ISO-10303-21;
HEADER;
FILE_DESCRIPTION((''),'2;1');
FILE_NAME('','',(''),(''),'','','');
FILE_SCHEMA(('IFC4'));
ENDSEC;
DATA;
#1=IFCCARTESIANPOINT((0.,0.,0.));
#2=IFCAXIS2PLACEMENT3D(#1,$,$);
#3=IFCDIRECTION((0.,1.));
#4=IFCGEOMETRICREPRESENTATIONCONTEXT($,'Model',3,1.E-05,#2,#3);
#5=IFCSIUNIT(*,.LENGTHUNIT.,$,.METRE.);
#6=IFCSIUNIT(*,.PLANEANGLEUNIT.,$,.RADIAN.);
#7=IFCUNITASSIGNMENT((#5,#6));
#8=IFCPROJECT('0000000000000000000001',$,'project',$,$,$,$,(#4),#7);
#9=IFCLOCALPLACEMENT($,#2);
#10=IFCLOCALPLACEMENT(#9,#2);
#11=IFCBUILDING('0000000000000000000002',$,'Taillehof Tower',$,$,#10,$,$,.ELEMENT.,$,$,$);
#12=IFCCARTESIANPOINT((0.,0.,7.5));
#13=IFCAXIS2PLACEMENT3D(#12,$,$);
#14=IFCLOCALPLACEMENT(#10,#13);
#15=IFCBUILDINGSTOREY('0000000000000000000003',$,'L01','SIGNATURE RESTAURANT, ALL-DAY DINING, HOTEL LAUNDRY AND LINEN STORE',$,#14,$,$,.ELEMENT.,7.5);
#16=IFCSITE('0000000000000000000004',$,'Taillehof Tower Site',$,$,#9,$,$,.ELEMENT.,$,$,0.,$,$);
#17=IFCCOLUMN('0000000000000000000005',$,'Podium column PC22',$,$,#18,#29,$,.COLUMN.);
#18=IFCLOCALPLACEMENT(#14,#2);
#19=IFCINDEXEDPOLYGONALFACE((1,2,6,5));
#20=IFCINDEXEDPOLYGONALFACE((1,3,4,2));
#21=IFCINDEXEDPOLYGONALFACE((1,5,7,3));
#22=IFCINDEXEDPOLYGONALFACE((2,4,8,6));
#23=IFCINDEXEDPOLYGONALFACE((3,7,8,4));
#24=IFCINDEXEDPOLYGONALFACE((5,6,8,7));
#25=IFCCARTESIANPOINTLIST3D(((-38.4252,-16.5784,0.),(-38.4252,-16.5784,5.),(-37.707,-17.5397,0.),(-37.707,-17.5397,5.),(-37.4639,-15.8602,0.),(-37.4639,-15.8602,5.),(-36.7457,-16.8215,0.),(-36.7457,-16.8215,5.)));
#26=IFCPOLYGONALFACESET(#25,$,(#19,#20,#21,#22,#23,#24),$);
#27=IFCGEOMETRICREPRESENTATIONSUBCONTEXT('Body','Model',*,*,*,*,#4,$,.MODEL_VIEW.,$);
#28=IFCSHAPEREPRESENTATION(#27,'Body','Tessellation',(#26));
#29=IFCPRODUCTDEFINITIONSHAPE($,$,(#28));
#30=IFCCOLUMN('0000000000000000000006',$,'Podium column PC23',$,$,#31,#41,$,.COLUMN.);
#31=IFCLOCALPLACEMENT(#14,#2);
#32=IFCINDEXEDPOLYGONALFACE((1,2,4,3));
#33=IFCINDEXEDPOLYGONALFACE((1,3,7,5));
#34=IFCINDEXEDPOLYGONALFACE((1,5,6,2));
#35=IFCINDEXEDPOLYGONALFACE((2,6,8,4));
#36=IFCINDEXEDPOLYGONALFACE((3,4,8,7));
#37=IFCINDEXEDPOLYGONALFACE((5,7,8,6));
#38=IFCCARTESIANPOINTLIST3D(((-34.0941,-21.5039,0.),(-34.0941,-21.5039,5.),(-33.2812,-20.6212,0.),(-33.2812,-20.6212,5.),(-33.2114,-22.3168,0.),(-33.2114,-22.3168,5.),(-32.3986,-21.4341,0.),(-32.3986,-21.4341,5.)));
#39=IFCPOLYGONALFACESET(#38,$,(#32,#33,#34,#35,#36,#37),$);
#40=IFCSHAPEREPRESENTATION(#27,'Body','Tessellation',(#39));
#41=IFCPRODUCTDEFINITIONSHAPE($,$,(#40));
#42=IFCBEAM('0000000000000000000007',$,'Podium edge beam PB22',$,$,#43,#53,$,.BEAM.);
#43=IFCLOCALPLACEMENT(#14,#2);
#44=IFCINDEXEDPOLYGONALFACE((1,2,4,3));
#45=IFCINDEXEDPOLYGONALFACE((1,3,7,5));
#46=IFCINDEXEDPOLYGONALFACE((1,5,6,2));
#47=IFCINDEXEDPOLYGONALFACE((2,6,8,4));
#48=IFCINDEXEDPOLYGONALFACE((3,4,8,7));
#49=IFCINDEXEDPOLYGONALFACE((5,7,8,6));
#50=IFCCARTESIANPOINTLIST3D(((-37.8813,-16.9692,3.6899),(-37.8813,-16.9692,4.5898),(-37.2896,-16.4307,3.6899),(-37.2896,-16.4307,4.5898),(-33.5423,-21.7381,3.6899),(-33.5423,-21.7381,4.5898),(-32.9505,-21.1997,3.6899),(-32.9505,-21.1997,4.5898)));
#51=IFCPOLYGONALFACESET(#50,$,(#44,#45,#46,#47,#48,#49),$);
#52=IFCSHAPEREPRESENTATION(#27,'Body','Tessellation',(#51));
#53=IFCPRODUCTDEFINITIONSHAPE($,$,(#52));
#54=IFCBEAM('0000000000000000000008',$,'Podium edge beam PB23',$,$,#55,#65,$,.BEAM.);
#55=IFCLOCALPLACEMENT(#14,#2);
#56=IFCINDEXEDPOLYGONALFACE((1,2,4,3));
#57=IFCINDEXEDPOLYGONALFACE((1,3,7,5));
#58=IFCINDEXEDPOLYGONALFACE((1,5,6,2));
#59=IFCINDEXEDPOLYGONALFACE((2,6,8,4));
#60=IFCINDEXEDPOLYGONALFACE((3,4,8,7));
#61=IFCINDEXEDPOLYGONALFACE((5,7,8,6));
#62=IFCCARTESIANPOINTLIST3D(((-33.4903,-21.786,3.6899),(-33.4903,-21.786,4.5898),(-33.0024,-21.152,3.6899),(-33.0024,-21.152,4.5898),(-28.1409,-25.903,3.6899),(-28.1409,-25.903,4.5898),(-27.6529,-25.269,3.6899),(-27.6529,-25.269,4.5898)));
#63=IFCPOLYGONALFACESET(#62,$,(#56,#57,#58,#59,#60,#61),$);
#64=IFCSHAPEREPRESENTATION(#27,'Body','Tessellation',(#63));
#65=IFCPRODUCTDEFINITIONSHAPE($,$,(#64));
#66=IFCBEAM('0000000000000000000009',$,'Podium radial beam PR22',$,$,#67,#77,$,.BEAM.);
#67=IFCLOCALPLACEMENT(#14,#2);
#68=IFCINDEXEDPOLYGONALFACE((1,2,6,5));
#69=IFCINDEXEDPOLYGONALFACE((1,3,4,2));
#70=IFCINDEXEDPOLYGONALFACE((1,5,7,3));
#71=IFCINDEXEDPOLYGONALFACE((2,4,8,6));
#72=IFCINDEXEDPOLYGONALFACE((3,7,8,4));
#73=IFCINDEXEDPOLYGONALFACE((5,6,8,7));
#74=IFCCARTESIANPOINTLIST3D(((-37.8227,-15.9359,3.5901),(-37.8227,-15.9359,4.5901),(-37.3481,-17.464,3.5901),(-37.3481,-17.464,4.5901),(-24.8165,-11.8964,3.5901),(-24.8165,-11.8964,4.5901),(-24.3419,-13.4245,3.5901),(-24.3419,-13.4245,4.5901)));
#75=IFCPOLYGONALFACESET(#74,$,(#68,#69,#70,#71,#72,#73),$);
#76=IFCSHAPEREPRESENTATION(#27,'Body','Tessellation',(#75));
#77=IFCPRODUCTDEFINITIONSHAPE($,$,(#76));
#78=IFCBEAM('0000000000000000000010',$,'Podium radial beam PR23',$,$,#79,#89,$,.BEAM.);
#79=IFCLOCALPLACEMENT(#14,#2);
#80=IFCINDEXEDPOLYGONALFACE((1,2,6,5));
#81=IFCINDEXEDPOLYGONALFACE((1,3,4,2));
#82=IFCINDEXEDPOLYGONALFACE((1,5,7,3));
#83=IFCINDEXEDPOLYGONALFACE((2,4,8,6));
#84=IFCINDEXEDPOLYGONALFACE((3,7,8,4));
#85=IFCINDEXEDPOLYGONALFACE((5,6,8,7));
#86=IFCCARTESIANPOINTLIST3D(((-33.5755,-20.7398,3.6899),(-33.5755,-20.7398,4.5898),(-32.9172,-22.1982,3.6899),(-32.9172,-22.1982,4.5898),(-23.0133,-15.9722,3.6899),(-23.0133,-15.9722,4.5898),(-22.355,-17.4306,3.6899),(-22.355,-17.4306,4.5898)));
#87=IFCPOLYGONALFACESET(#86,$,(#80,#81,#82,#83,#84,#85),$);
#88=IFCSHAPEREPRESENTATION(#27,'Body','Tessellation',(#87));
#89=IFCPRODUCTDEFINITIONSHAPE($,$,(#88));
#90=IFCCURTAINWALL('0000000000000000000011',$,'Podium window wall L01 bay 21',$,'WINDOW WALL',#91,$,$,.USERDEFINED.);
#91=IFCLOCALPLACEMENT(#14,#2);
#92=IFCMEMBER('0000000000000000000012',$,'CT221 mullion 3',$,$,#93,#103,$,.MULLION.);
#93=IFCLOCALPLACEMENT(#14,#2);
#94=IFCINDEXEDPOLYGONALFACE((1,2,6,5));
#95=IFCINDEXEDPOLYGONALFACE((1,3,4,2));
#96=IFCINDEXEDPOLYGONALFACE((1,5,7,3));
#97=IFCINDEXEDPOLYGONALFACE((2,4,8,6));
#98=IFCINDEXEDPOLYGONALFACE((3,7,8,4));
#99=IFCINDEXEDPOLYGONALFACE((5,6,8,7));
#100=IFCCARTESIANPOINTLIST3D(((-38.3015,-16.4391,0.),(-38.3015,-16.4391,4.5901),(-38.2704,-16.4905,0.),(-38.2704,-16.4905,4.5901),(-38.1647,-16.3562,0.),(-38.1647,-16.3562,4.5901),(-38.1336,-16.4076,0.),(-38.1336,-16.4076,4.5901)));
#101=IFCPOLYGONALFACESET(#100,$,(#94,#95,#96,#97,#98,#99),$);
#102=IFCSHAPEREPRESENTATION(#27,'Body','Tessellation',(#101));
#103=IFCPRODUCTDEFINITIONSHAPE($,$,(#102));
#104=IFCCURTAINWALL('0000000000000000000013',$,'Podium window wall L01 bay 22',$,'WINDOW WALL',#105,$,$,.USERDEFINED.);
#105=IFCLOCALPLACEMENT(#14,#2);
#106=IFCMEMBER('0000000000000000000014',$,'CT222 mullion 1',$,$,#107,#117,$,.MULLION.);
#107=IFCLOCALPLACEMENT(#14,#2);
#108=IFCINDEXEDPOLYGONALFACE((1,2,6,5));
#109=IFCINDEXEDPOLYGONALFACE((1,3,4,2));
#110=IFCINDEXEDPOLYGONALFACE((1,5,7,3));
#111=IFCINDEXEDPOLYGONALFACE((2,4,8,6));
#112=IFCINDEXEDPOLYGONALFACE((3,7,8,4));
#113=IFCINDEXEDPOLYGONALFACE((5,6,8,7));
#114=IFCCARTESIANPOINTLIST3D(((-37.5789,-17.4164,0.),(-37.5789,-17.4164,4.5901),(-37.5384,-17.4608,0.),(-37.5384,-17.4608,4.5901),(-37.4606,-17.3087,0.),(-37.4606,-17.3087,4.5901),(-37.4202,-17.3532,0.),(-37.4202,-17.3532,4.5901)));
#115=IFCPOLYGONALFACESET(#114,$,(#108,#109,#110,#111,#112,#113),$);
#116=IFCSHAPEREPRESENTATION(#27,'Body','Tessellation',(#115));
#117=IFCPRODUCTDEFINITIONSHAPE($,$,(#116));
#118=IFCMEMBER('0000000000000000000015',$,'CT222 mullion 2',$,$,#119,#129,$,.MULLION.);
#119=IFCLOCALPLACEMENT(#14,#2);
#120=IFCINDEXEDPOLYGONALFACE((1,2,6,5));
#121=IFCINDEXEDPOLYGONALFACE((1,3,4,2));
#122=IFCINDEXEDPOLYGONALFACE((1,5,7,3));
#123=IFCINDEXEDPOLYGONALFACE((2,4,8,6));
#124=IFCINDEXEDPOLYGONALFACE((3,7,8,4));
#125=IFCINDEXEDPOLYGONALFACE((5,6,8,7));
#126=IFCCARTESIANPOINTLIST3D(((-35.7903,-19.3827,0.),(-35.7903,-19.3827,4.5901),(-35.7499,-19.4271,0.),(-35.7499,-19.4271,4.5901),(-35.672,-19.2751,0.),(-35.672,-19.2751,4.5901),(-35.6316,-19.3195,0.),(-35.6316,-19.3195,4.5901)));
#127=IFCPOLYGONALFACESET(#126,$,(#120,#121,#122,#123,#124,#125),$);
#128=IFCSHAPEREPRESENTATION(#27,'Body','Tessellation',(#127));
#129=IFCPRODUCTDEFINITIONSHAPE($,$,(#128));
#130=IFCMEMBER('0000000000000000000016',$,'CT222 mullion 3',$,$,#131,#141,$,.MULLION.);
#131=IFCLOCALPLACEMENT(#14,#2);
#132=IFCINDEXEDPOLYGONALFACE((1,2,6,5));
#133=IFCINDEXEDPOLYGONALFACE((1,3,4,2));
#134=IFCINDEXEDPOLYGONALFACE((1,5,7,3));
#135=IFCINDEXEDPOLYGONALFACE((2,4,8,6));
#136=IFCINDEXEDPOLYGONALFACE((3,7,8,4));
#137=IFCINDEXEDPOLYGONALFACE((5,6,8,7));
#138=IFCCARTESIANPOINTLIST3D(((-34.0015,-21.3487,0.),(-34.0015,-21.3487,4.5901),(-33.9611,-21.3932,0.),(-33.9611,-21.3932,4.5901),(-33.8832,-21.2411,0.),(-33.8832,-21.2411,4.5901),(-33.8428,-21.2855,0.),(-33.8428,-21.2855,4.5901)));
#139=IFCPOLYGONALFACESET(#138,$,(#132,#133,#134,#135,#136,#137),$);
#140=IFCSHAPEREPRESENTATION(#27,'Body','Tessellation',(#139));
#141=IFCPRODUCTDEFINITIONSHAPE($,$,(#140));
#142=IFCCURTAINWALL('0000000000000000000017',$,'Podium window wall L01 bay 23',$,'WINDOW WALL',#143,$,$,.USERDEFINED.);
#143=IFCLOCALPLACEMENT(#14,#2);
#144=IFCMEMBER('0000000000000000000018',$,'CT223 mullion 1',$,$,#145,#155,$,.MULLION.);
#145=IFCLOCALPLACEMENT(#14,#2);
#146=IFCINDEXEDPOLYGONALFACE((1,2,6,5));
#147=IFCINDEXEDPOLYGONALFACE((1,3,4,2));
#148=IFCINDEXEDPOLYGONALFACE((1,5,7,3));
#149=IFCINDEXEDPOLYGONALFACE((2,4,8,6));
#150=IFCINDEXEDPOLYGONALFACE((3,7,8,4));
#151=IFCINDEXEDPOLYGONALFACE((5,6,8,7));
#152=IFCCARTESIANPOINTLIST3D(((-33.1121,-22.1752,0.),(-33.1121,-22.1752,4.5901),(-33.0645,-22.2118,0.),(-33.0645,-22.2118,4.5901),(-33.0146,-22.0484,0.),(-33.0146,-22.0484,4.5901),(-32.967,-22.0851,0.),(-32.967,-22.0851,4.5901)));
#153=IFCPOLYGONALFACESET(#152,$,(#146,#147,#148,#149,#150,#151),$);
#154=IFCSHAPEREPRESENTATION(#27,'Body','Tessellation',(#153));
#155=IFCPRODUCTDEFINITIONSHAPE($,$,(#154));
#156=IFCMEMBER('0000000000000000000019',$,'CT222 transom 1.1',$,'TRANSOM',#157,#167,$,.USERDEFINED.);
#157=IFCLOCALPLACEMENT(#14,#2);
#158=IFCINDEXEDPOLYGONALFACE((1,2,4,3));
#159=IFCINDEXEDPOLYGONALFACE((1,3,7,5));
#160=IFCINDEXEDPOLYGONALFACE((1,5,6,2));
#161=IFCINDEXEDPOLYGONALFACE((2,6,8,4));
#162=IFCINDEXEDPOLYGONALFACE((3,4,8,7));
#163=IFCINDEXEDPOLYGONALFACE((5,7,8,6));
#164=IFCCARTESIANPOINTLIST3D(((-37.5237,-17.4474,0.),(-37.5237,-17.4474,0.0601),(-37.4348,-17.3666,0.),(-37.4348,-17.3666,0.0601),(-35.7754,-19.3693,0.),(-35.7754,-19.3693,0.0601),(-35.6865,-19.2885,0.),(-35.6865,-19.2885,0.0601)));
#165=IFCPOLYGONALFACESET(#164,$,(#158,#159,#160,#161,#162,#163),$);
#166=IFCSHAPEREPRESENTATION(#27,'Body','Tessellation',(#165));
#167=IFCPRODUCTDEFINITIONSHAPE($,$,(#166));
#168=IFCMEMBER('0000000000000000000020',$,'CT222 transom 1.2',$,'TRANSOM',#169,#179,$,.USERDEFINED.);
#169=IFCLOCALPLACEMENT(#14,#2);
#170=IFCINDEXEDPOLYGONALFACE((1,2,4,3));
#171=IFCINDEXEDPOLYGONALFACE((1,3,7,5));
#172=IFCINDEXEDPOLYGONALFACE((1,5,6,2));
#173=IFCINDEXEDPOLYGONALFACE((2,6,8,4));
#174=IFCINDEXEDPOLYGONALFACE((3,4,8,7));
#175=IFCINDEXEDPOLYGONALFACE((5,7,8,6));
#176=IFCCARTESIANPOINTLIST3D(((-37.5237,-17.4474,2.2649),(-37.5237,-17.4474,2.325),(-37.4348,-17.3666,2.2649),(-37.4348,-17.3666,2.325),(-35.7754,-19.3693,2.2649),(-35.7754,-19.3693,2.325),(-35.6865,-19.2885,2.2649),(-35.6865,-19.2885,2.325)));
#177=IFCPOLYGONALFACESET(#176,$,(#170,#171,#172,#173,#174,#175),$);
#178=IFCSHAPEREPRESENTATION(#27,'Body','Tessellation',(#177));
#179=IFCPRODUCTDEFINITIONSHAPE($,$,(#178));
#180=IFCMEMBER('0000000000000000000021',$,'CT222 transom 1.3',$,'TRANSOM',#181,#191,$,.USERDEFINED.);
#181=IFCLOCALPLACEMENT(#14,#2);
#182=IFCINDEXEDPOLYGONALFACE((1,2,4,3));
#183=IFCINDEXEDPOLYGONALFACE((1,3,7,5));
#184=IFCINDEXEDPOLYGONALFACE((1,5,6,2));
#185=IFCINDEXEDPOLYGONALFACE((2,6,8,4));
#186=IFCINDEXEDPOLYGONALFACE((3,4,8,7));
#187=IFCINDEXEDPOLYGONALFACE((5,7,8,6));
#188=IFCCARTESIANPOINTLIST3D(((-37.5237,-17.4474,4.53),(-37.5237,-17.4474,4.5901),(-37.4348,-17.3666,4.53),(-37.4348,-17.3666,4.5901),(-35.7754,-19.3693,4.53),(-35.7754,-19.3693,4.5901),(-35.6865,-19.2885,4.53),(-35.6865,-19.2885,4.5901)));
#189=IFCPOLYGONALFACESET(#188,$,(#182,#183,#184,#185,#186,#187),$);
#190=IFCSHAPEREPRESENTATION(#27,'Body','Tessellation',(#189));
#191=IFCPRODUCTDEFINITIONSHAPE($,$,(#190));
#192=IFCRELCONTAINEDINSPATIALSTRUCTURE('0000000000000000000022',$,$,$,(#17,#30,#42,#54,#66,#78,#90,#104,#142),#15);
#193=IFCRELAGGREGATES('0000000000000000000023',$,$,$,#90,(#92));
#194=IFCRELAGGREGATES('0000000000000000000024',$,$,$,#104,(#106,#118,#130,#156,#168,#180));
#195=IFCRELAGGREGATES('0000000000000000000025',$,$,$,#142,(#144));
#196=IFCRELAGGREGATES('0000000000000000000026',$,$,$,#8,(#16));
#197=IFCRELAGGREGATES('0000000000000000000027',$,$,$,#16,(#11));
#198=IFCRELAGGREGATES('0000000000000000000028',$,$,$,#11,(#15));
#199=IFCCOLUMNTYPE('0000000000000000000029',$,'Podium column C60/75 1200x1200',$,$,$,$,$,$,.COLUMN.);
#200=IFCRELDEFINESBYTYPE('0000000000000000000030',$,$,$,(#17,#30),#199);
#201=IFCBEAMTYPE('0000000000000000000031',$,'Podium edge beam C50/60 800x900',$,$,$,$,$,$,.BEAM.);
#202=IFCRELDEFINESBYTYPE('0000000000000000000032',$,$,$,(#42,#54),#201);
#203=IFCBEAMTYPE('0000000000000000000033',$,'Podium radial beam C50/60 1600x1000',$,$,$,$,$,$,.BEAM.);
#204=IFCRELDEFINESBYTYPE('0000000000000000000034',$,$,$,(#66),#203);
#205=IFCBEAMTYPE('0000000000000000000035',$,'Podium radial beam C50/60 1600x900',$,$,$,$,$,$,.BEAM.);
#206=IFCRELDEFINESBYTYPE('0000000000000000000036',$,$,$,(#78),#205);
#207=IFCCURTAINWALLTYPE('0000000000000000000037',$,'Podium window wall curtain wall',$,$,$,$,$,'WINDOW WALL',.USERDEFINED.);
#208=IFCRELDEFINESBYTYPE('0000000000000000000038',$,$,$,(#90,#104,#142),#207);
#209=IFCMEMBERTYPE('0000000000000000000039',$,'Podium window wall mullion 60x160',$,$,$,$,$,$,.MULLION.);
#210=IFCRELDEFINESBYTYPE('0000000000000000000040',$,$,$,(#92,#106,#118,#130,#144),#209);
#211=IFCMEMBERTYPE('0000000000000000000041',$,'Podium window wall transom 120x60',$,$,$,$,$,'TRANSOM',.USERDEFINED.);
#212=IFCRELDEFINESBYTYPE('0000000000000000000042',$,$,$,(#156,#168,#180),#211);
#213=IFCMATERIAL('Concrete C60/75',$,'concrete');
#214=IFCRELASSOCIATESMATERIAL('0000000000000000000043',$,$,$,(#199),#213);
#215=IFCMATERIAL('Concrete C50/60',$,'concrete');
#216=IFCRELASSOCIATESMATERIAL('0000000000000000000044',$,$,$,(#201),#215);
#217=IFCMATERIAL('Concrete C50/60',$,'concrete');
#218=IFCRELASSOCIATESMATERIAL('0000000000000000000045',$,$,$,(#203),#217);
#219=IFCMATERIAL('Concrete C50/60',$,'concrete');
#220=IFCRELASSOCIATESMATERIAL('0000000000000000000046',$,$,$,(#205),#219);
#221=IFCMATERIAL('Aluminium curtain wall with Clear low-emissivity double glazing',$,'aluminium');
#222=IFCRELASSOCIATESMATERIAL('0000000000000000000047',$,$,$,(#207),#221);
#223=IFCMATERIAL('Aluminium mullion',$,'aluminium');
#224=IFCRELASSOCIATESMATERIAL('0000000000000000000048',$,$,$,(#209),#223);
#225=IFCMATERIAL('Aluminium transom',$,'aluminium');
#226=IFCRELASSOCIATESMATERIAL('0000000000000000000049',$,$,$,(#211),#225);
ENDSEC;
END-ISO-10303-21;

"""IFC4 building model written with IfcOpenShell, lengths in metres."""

from ifc_helpers import new_model, si_unit, direction, frame, origin, origin_2d, place, context, subcontext, project, spatial, rectangle, extrude, material, material_profile, profile_set, type_object, element, aggregate, save


model = new_model("IFC4")

# Units and contexts
model_context = context("Model", 3, precision=1e-05, world=origin(), true_north=direction((0.0, 1.0)))
body_context = subcontext(model_context, "Body", "Model", "MODEL_VIEW")
ifc_project = project(units=[si_unit("LENGTHUNIT", "METRE"), si_unit("PLANEANGLEUNIT", "RADIAN")], contexts=[model_context])

# Site, building, storey
site_placement = place(None, origin())
site = spatial("IfcSite", under=ifc_project, at=site_placement, Name="Taillehof Tower Site", CompositionType="ELEMENT", RefElevation=0.0)
building_placement = place(site_placement, origin())
building = spatial("IfcBuilding", under=site, at=building_placement, Name="Taillehof Tower", CompositionType="ELEMENT")
storey_placement = place(building_placement, frame((0.0, 0.0, 7.5)))
storey = spatial("IfcBuildingStorey", under=building, at=storey_placement, Name="L01", Description="SIGNATURE RESTAURANT, ALL-DAY DINING, HOTEL LAUNDRY AND LINEN STORE", CompositionType="ELEMENT", Elevation=7.5)

# Columns
ifc_material_1 = material(Name="Concrete C60/75", Category="concrete")
ifc_material_profile_1 = material_profile(ifc_material_1, rectangle(XDim=1.2, YDim=1.2, at=origin_2d()), Name="RC 1200x1200")
ifc_profile_set_1 = profile_set([ifc_material_profile_1], Name="Concrete C60/75")
column_type = type_object("IfcColumnType", Name="Podium column C60/75 1200x1200", PredefinedType="COLUMN", material=ifc_profile_set_1)
for number, where, z_axis, x_axis, name in (
    (1, (-37.5854, -16.7, 0.0), (0.0, 0.0, 1.0), (-0.801091, -0.598542, 0.0), "Podium column PC22"),
    (2, (-33.2463, -21.469, 0.0), (0.0, 0.0, 1.0), (-0.677415, -0.735601, 0.0), "Podium column PC23"),
):
    element("IfcColumn", number, at=place(storey_placement, frame(where, z_axis=z_axis, x_axis=x_axis)), inside=storey, type_object=column_type, Name=name, PredefinedType="COLUMN", context=body_context, shape_type="SweptSolid", body=[
        extrude(rectangle(XDim=1.2, YDim=1.2, at=origin_2d()), origin(), (0.0, 0.0, 1.0), 5.0),
    ])

# Beams
ifc_material_2 = material(Name="Concrete C50/60", Category="concrete")
ifc_material_profile_2 = material_profile(ifc_material_2, rectangle(XDim=0.8, YDim=0.8999, at=origin_2d()), Name="RC 800x900")
ifc_profile_set_2 = profile_set([ifc_material_profile_2], Name="Concrete C50/60")
beam_type_1 = type_object("IfcBeamType", Name="Podium edge beam C50/60 800x900", PredefinedType="BEAM", material=ifc_profile_set_2)
beam_1_placement = place(storey_placement, frame((-37.5854, -16.7, 4.1399), z_axis=(0.67298, -0.739661, 0.0), x_axis=(0.739661, 0.67298, 0.0)))
element("IfcBeam", 3, at=beam_1_placement, inside=storey, type_object=beam_type_1, Name="Podium edge beam PB22", PredefinedType="BEAM", context=body_context, shape_type="SweptSolid", body=[
    extrude(rectangle(XDim=0.8, YDim=0.8999, at=origin_2d()), origin(), (0.0, 0.0, 1.0), 6.4475),
])
beam_2_placement = place(storey_placement, frame((-33.2463, -21.469, 4.1399), z_axis=(0.792477, -0.609901, 0.0), x_axis=(0.609901, 0.792477, 0.0)))
element("IfcBeam", 4, at=beam_2_placement, inside=storey, type_object=beam_type_1, Name="Podium edge beam PB23", PredefinedType="BEAM", context=body_context, shape_type="SweptSolid", body=[
    extrude(rectangle(XDim=0.8, YDim=0.8999, at=origin_2d()), origin(), (0.0, 0.0, 1.0), 6.7502),
])
ifc_material_3 = material(Name="Concrete C50/60", Category="concrete")
ifc_material_profile_3 = material_profile(ifc_material_3, rectangle(XDim=1.6001, YDim=1.0, at=origin_2d()), Name="RC 1600x1000")
ifc_profile_set_3 = profile_set([ifc_material_profile_3], Name="Concrete C50/60")
beam_type_2 = type_object("IfcBeamType", Name="Podium radial beam C50/60 1600x1000", PredefinedType="BEAM", material=ifc_profile_set_3)
beam_3_placement = place(storey_placement, frame((-37.5854, -16.7, 4.0901), z_axis=(0.955, 0.296607, 0.0), x_axis=(-0.296607, 0.955, 0.0)))
element("IfcBeam", 5, at=beam_3_placement, inside=storey, type_object=beam_type_2, Name="Podium radial beam PR22", PredefinedType="BEAM", context=body_context, shape_type="SweptSolid", body=[
    extrude(rectangle(XDim=1.6001, YDim=1.0, at=origin_2d()), origin(), (0.0, 0.0, 1.0), 13.6191),
])
ifc_material_4 = material(Name="Concrete C50/60", Category="concrete")
ifc_material_profile_4 = material_profile(ifc_material_4, rectangle(XDim=1.6001, YDim=0.8999, at=origin_2d()), Name="RC 1600x900")
ifc_profile_set_4 = profile_set([ifc_material_profile_4], Name="Concrete C50/60")
beam_type_3 = type_object("IfcBeamType", Name="Podium radial beam C50/60 1600x900", PredefinedType="BEAM", material=ifc_profile_set_4)
beam_4_placement = place(storey_placement, frame((-33.2463, -21.469, 4.1399), z_axis=(0.911451, 0.411409, 0.0), x_axis=(-0.411409, 0.911451, 0.0)))
element("IfcBeam", 6, at=beam_4_placement, inside=storey, type_object=beam_type_3, Name="Podium radial beam PR23", PredefinedType="BEAM", context=body_context, shape_type="SweptSolid", body=[
    extrude(rectangle(XDim=1.6001, YDim=0.8999, at=origin_2d()), origin(), (0.0, 0.0, 1.0), 11.5884),
])

# Curtain wall, member
ifc_material_5 = material(Name="Aluminium curtain wall with Clear low-emissivity double glazing", Category="aluminium")
curtain_wall_type = type_object("IfcCurtainWallType", Name="Podium window wall curtain wall", ElementType="WINDOW WALL", PredefinedType="USERDEFINED", material=ifc_material_5)
curtain_wall_1_placement = place(storey_placement, origin())
curtain_wall_1 = element("IfcCurtainWall", 7, at=curtain_wall_1_placement, inside=storey, type_object=curtain_wall_type, Name="Podium window wall L01 bay 21", ObjectType="WINDOW WALL", PredefinedType="USERDEFINED")
ifc_material_6 = material(Name="Aluminium mullion", Category="aluminium")
ifc_material_profile_5 = material_profile(ifc_material_6, rectangle(XDim=0.1599, YDim=0.0601, at=origin_2d()), Name="AL 60x160")
ifc_profile_set_5 = profile_set([ifc_material_profile_5], Name="Aluminium mullion")
member_type_1 = type_object("IfcMemberType", Name="Podium window wall mullion 60x160", PredefinedType="MULLION", material=ifc_profile_set_5)
member_1_placement = place(storey_placement, frame((-38.2175, -16.4233, 0.0), z_axis=(0.0, 0.0, 1.0), x_axis=(0.855289, 0.518151, 0.0)))
member_1 = element("IfcMember", 8, at=member_1_placement, type_object=member_type_1, Name="CT221 mullion 3", PredefinedType="MULLION", context=body_context, shape_type="SweptSolid", body=[
    extrude(rectangle(XDim=0.1599, YDim=0.0601, at=origin_2d()), origin(), (0.0, 0.0, 1.0), 4.5901),
])
aggregate(curtain_wall_1, [member_1])

# Curtain wall, members
curtain_wall_2_placement = place(storey_placement, origin())
curtain_wall_2 = element("IfcCurtainWall", 9, at=curtain_wall_2_placement, inside=storey, type_object=curtain_wall_type, Name="Podium window wall L01 bay 22", ObjectType="WINDOW WALL", PredefinedType="USERDEFINED")
member_2_placement = place(storey_placement, frame((-37.4995, -17.3848, 0.0), z_axis=(0.0, 0.0, 1.0), x_axis=(0.739707, 0.672929, 0.0)))
member_2 = element("IfcMember", 10, at=member_2_placement, type_object=member_type_1, Name="CT222 mullion 1", PredefinedType="MULLION", context=body_context, shape_type="SweptSolid", body=[
    extrude(rectangle(XDim=0.1599, YDim=0.0601, at=origin_2d()), origin(), (0.0, 0.0, 1.0), 4.5901),
])
member_3_placement = place(storey_placement, frame((-35.7109, -19.3511, 0.0), z_axis=(0.0, 0.0, 1.0), x_axis=(0.739707, 0.672929, 0.0)))
member_3 = element("IfcMember", 11, at=member_3_placement, type_object=member_type_1, Name="CT222 mullion 2", PredefinedType="MULLION", context=body_context, shape_type="SweptSolid", body=[
    extrude(rectangle(XDim=0.1599, YDim=0.0601, at=origin_2d()), origin(), (0.0, 0.0, 1.0), 4.5901),
])
member_4_placement = place(storey_placement, frame((-33.9221, -21.3171, 0.0), z_axis=(0.0, 0.0, 1.0), x_axis=(0.739707, 0.672929, 0.0)))
member_4 = element("IfcMember", 12, at=member_4_placement, type_object=member_type_1, Name="CT222 mullion 3", PredefinedType="MULLION", context=body_context, shape_type="SweptSolid", body=[
    extrude(rectangle(XDim=0.1599, YDim=0.0601, at=origin_2d()), origin(), (0.0, 0.0, 1.0), 4.5901),
])

# Curtain wall, member
curtain_wall_3_placement = place(storey_placement, origin())
curtain_wall_3 = element("IfcCurtainWall", 13, at=curtain_wall_3_placement, inside=storey, type_object=curtain_wall_type, Name="Podium window wall L01 bay 23", ObjectType="WINDOW WALL", PredefinedType="USERDEFINED")
member_5_placement = place(storey_placement, frame((-33.0396, -22.1301, 0.0), z_axis=(0.0, 0.0, 1.0), x_axis=(0.609932, 0.792454, 0.0)))
member_5 = element("IfcMember", 14, at=member_5_placement, type_object=member_type_1, Name="CT223 mullion 1", PredefinedType="MULLION", context=body_context, shape_type="SweptSolid", body=[
    extrude(rectangle(XDim=0.1599, YDim=0.0601, at=origin_2d()), origin(), (0.0, 0.0, 1.0), 4.5901),
])

# Members
ifc_material_7 = material(Name="Aluminium transom", Category="aluminium")
ifc_material_profile_6 = material_profile(ifc_material_7, rectangle(XDim=0.1201, YDim=0.0601, at=origin_2d()), Name="AL 120x60")
ifc_profile_set_6 = profile_set([ifc_material_profile_6], Name="Aluminium transom")
member_type_2 = type_object("IfcMemberType", Name="Podium window wall transom 120x60", ElementType="TRANSOM", PredefinedType="USERDEFINED", material=ifc_profile_set_6)
member_6_placement = place(storey_placement, frame((-37.4792, -17.407, 0.03), z_axis=(0.672911, -0.739723, 0.0), x_axis=(0.739723, 0.672911, 0.0)))
member_6 = element("IfcMember", 15, at=member_6_placement, type_object=member_type_2, Name="CT222 transom 1.1", ObjectType="TRANSOM", PredefinedType="USERDEFINED", context=body_context, shape_type="SweptSolid", body=[
    extrude(rectangle(XDim=0.1201, YDim=0.0601, at=origin_2d()), origin(), (0.0, 0.0, 1.0), 2.5981),
])
member_7_placement = place(storey_placement, frame((-37.4792, -17.407, 2.2949), z_axis=(0.672911, -0.739723, 0.0), x_axis=(0.739723, 0.672911, 0.0)))
member_7 = element("IfcMember", 16, at=member_7_placement, type_object=member_type_2, Name="CT222 transom 1.2", ObjectType="TRANSOM", PredefinedType="USERDEFINED", context=body_context, shape_type="SweptSolid", body=[
    extrude(rectangle(XDim=0.1201, YDim=0.0601, at=origin_2d()), origin(), (0.0, 0.0, 1.0), 2.5981),
])
member_8_placement = place(storey_placement, frame((-37.4792, -17.407, 4.5601), z_axis=(0.672911, -0.739723, 0.0), x_axis=(0.739723, 0.672911, 0.0)))
member_8 = element("IfcMember", 17, at=member_8_placement, type_object=member_type_2, Name="CT222 transom 1.3", ObjectType="TRANSOM", PredefinedType="USERDEFINED", context=body_context, shape_type="SweptSolid", body=[
    extrude(rectangle(XDim=0.1201, YDim=0.0601, at=origin_2d()), origin(), (0.0, 0.0, 1.0), 2.5981),
])

aggregate(curtain_wall_2, [member_2, member_3, member_4, member_6, member_7, member_8])
aggregate(curtain_wall_3, [member_5])

save(model, "model.ifc")
